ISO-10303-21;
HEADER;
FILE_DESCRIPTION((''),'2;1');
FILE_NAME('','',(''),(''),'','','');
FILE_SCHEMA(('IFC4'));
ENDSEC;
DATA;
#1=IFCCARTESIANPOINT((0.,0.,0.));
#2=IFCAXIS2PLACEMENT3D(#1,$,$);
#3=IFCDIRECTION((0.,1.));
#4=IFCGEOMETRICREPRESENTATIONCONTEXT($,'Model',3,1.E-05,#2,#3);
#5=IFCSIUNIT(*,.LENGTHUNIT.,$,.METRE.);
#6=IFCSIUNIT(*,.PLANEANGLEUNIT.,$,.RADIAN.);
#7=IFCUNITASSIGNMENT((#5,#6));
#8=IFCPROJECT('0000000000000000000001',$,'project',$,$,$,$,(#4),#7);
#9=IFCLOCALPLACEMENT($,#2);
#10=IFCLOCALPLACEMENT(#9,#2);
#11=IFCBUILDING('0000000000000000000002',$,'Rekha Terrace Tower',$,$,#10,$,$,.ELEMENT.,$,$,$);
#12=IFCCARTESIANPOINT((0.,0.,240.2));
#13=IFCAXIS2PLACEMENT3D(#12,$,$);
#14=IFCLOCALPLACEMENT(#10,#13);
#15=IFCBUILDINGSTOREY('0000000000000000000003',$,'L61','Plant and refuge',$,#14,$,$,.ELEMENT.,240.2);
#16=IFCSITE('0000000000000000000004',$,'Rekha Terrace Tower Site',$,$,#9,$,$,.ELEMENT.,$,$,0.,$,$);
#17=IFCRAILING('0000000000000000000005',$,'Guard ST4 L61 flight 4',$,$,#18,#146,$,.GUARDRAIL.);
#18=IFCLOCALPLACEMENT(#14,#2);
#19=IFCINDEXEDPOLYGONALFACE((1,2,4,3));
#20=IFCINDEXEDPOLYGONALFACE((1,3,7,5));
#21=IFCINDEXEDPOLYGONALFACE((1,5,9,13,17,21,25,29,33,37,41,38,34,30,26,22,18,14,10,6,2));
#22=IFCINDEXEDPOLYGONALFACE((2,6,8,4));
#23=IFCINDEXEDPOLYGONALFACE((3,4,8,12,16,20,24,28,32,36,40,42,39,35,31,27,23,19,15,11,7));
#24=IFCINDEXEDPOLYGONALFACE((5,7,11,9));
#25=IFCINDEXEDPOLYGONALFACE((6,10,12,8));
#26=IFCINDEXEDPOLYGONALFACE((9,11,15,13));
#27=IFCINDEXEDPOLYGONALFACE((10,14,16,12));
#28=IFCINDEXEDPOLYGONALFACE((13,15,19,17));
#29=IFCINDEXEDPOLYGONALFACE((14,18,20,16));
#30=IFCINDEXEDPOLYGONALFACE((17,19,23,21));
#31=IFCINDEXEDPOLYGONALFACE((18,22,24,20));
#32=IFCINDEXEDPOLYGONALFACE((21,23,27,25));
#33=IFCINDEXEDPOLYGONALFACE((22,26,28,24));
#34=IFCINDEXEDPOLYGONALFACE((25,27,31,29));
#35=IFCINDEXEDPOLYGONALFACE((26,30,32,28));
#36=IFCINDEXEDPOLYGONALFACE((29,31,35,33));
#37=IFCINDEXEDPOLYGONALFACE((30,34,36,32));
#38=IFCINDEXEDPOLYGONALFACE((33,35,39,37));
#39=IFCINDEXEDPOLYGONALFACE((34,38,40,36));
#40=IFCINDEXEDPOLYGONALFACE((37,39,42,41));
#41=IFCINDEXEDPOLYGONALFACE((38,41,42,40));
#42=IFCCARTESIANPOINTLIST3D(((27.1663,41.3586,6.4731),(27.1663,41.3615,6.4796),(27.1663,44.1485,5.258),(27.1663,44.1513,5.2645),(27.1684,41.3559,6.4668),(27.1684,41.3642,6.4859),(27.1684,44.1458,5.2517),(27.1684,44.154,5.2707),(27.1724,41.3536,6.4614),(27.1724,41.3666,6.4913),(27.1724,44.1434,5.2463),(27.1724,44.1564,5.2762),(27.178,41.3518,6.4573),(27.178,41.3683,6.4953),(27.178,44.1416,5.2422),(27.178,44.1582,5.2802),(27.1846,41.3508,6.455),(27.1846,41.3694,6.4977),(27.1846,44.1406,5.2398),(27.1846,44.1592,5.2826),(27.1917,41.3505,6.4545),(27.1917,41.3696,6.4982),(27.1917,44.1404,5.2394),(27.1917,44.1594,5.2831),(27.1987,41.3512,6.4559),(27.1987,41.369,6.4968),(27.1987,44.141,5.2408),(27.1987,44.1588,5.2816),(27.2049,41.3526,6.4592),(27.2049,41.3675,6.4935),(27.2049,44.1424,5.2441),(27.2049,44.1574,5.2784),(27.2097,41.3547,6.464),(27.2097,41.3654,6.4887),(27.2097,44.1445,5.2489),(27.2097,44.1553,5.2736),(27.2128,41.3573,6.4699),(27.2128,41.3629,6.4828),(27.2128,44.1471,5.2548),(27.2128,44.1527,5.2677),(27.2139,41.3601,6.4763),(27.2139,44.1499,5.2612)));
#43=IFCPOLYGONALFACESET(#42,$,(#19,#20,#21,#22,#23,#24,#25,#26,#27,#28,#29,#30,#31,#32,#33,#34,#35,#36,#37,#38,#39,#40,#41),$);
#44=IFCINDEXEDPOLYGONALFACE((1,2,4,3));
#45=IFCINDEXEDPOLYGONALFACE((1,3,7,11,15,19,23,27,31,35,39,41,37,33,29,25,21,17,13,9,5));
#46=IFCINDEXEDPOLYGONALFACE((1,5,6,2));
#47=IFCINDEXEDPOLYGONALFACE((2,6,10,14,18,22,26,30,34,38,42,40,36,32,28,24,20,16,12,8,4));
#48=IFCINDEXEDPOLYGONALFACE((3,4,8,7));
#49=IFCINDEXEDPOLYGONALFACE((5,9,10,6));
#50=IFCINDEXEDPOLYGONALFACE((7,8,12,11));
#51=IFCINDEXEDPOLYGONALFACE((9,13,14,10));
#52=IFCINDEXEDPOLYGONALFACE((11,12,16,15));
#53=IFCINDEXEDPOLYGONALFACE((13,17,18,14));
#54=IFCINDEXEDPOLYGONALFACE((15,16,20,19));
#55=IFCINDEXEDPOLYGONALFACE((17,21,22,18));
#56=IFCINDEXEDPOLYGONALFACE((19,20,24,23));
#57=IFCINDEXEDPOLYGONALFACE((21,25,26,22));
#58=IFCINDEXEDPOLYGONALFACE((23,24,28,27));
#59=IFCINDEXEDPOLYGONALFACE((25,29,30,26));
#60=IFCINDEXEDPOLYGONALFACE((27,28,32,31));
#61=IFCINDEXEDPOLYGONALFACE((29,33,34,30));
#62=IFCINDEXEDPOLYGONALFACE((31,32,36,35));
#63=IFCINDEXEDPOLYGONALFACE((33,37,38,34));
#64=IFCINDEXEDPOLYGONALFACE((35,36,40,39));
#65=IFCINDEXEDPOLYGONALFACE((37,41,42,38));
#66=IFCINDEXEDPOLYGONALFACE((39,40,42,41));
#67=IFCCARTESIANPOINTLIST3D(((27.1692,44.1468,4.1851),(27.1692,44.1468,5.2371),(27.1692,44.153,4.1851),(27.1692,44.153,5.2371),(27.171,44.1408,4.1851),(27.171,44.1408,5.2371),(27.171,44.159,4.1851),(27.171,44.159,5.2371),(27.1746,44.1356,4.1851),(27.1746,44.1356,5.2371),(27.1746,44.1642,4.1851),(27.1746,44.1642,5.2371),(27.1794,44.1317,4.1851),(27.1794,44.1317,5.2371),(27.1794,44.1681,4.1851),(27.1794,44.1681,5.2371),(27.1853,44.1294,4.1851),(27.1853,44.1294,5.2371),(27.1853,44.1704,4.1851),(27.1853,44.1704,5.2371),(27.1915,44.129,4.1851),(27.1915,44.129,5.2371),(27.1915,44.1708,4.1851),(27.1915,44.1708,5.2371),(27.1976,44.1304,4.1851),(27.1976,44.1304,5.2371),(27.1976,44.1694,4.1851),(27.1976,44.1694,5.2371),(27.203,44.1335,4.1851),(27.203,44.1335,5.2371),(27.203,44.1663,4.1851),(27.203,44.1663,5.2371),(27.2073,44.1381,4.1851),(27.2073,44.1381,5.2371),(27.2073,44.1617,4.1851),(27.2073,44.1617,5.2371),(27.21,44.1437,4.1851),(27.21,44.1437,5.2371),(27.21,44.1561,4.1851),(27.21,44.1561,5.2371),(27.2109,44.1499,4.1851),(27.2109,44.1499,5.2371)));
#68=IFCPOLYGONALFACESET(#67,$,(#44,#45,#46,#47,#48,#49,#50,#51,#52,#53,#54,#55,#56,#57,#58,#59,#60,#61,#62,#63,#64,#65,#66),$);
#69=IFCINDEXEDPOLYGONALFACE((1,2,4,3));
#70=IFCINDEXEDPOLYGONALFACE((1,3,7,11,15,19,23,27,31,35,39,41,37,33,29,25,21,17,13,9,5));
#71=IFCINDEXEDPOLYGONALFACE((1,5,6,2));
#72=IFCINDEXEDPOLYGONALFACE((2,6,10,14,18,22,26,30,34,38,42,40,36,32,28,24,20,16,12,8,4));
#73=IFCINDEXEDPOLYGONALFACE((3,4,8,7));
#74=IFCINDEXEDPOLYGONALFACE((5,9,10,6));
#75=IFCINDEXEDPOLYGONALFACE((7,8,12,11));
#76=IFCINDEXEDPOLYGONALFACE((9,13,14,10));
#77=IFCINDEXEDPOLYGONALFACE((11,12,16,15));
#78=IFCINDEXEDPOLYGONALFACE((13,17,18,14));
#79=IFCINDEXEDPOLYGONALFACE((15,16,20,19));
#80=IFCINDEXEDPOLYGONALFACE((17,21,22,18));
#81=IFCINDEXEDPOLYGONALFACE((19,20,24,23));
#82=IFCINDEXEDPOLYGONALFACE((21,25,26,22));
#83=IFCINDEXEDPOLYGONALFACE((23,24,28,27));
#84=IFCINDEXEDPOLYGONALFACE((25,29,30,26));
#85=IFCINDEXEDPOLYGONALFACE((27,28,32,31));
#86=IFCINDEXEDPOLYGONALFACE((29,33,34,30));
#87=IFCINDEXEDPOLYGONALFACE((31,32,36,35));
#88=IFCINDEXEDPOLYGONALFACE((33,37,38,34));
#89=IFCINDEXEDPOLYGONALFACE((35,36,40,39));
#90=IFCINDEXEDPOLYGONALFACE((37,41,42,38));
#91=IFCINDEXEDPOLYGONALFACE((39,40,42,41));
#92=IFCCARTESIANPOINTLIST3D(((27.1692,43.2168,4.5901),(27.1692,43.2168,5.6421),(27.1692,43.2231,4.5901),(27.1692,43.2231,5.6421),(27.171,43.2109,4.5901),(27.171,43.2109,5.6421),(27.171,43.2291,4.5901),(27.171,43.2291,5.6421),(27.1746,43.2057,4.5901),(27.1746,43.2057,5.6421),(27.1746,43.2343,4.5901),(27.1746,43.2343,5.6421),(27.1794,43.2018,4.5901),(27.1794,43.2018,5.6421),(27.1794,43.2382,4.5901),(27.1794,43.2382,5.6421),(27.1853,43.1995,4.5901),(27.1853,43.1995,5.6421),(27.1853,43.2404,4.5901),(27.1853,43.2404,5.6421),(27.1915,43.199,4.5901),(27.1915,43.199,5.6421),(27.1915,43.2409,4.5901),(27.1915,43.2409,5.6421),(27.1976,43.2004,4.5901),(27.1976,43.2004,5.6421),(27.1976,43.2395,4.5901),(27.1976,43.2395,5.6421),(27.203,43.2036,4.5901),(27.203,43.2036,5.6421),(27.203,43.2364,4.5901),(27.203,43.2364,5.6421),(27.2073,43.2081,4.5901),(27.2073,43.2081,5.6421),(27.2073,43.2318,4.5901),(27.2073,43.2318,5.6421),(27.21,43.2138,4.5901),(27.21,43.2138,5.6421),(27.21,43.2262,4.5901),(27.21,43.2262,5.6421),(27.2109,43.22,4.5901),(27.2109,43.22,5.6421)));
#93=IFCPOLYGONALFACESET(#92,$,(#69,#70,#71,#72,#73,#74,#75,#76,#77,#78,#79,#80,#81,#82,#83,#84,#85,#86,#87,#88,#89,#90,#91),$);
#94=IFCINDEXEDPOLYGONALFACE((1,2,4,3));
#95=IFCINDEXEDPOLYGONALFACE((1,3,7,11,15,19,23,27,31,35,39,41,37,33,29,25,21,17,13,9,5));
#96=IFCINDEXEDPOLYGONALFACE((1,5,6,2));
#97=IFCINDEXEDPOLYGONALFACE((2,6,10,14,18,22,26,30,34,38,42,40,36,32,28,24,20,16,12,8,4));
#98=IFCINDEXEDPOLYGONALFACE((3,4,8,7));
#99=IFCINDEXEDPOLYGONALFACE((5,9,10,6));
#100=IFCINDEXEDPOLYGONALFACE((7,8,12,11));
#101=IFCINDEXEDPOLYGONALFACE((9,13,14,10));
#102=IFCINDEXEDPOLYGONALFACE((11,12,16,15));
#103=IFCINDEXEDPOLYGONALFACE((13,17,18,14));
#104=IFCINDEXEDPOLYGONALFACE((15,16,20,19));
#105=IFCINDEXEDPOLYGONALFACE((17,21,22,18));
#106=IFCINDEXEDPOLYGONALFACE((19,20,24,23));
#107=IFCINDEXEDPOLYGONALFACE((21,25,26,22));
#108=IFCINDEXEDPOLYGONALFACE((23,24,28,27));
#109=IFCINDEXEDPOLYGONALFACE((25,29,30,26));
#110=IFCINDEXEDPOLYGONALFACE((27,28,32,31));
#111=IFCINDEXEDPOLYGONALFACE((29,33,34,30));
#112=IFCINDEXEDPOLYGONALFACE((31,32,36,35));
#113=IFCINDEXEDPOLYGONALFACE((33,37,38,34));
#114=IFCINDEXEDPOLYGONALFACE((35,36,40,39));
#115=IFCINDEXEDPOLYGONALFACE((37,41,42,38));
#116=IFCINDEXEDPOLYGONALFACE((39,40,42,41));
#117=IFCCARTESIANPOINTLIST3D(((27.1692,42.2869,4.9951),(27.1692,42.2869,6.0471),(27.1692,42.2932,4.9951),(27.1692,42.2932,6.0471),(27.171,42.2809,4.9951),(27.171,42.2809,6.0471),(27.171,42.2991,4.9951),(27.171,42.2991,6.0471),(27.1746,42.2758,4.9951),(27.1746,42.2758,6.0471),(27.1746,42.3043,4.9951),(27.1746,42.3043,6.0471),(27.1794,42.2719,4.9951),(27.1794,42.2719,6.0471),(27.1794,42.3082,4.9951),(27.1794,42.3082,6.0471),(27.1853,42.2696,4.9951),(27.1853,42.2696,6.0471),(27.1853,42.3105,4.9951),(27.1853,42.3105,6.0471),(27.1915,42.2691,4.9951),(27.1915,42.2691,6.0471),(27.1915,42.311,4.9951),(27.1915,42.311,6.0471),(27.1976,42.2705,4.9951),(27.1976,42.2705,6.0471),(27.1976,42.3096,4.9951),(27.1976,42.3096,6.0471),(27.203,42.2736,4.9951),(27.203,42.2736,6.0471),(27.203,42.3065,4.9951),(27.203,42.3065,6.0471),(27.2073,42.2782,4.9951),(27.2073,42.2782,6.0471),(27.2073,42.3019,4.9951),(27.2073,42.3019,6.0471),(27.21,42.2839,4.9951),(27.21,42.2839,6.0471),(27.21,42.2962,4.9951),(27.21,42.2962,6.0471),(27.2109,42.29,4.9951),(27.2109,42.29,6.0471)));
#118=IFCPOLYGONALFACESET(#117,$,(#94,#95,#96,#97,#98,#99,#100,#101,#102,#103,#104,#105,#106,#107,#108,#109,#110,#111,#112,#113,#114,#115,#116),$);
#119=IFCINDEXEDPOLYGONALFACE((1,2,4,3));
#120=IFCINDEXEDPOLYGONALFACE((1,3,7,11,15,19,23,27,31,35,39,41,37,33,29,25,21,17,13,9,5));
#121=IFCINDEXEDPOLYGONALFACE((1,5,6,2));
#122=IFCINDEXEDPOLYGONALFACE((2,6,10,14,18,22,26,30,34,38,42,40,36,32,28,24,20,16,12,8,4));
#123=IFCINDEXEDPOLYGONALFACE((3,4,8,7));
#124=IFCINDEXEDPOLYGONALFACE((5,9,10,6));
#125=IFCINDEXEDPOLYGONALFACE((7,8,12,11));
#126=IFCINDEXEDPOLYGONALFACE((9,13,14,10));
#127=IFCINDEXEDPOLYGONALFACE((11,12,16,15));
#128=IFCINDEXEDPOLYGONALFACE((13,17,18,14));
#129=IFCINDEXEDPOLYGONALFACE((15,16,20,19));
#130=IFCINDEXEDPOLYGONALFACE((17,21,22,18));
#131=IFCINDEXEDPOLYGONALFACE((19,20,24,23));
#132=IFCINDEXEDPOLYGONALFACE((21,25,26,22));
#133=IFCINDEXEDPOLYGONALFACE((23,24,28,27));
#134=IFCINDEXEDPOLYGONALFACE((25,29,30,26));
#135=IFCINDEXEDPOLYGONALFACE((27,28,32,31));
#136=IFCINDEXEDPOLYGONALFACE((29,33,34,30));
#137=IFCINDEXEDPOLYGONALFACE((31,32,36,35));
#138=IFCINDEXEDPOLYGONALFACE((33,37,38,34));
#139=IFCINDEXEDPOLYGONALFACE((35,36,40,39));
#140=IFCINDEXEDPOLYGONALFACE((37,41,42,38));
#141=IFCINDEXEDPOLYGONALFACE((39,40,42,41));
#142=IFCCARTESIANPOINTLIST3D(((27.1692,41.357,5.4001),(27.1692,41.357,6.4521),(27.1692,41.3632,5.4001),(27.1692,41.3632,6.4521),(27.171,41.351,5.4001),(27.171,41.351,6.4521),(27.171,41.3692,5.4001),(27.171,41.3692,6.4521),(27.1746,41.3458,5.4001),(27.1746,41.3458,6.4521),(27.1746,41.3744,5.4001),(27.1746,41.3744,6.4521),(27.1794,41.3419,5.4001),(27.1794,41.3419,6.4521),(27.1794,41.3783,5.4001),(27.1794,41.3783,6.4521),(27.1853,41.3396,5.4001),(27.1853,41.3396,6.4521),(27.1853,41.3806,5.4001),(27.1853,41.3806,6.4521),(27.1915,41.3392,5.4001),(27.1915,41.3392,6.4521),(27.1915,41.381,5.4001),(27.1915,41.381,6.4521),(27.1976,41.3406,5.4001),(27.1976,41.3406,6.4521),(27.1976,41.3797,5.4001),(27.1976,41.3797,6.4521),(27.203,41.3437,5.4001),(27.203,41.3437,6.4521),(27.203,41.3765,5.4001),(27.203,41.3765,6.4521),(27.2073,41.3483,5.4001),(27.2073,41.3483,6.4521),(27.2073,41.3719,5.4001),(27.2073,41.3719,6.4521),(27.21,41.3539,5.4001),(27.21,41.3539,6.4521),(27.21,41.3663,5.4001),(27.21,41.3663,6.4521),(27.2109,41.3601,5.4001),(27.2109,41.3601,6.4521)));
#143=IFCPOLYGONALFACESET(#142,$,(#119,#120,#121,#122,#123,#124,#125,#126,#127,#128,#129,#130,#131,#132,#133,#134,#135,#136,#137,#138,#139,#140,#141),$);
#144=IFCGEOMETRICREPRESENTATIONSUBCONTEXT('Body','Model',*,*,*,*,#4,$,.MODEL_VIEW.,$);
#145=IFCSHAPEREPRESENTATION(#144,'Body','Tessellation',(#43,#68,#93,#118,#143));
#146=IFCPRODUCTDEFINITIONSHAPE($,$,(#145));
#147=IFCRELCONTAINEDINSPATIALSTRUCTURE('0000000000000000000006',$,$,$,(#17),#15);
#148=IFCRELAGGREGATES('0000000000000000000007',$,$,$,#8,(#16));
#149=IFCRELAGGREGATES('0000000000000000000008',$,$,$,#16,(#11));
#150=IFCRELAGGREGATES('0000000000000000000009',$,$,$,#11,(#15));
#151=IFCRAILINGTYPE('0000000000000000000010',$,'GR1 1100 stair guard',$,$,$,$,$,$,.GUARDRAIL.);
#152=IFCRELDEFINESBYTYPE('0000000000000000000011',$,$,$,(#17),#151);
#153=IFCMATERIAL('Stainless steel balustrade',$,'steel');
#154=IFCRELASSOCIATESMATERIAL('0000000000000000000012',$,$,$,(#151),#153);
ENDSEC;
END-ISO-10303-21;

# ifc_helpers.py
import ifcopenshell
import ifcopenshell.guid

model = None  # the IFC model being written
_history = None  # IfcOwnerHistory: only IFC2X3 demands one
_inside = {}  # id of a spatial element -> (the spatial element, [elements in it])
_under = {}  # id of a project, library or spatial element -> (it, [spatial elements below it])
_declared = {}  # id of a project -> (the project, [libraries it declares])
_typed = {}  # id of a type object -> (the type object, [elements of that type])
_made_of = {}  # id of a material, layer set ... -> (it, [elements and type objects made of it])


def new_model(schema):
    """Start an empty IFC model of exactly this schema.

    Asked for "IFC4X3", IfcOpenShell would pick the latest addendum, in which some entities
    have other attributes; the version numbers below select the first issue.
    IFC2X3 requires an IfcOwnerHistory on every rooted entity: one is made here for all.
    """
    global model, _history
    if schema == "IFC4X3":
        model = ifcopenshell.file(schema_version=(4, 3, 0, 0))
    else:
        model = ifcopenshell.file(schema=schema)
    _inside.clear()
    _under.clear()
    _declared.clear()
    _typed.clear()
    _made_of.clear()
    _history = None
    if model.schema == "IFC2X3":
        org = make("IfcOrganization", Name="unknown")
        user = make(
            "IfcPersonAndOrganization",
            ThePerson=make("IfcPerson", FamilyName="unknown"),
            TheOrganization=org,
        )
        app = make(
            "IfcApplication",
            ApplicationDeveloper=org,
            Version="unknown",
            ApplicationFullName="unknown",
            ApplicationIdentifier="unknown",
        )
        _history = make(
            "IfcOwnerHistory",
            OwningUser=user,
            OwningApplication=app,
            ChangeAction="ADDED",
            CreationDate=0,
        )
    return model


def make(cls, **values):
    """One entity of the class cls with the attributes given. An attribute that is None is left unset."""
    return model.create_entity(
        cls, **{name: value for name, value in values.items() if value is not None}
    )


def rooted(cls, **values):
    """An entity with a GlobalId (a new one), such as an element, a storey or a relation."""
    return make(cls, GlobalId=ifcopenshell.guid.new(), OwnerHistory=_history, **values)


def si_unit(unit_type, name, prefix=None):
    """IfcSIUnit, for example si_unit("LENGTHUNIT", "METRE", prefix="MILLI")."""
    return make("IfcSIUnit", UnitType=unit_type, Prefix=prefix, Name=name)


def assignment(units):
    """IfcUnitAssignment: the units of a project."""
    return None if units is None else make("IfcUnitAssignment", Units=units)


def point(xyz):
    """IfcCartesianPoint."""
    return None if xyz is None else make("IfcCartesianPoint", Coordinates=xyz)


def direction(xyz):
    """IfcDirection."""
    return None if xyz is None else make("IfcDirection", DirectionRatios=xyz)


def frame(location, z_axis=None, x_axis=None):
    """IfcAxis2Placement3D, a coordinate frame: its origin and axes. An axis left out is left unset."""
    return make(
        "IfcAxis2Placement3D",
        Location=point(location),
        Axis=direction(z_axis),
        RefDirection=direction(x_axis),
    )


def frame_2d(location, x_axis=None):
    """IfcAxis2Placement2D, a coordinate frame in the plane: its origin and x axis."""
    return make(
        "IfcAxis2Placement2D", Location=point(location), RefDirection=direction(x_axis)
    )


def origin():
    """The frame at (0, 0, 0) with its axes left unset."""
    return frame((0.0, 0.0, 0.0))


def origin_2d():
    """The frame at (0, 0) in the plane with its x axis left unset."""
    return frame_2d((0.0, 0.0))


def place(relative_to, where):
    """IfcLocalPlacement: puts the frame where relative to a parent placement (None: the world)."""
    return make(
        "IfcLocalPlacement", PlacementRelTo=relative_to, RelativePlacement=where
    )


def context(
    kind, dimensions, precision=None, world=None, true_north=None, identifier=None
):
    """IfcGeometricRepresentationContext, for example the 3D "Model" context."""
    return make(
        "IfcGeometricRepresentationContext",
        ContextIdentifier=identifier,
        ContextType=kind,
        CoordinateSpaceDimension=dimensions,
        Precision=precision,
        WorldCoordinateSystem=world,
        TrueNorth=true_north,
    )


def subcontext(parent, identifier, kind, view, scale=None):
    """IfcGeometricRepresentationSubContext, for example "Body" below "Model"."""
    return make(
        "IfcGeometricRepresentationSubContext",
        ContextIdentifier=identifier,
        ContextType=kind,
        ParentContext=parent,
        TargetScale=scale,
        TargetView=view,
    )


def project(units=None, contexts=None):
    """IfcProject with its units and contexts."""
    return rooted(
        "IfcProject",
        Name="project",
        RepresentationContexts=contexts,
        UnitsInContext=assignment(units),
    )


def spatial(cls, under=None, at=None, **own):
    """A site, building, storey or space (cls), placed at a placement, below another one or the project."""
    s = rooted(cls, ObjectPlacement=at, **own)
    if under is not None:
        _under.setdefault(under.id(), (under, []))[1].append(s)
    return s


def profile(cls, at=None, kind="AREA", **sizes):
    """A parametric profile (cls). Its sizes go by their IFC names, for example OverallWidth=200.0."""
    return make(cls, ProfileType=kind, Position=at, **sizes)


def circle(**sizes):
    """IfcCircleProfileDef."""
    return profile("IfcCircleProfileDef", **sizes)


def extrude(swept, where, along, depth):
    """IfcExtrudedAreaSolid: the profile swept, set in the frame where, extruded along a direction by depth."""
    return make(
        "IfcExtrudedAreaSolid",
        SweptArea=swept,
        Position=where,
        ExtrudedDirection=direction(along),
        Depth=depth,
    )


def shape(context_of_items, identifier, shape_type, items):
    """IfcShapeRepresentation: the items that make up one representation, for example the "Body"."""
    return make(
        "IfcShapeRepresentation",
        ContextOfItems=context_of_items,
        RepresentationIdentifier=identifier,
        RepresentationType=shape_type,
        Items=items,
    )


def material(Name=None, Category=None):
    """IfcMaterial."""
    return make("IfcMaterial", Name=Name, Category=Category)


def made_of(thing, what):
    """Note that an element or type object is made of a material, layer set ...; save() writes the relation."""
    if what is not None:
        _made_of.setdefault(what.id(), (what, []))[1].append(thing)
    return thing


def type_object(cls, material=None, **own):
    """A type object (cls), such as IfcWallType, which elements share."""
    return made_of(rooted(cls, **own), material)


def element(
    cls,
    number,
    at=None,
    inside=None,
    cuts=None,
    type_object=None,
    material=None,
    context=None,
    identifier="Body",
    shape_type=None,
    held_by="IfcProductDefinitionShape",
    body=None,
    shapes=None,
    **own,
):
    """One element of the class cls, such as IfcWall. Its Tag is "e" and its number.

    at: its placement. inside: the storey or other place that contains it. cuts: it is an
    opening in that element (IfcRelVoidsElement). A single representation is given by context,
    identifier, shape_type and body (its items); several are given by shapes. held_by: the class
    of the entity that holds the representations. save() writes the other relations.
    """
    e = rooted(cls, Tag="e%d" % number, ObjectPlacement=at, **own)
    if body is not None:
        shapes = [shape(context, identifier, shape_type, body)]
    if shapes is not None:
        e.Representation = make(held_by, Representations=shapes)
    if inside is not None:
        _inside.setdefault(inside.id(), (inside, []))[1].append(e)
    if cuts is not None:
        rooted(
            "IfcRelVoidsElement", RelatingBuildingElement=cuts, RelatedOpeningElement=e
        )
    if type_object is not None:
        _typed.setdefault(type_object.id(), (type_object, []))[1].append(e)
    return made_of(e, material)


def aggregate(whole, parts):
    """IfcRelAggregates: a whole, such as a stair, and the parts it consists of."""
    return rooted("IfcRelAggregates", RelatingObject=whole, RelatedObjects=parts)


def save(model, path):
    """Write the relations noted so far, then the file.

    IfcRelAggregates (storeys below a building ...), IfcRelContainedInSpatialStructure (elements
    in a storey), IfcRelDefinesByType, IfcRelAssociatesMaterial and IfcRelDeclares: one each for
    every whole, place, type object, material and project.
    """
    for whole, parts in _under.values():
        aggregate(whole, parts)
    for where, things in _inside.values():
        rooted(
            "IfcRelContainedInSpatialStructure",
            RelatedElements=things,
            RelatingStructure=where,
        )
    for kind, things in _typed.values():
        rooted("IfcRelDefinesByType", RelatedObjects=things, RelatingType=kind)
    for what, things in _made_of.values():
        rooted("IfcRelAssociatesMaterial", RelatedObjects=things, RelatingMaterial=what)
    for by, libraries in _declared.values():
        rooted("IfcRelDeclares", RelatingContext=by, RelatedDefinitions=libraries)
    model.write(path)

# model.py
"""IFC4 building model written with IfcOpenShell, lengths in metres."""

from ifc_helpers import new_model, si_unit, direction, frame, origin, origin_2d, place, context, subcontext, project, spatial, circle, extrude, material, type_object, element, save


model = new_model("IFC4")

# Units and contexts
model_context = context("Model", 3, precision=1e-05, world=origin(), true_north=direction((0.0, 1.0)))
body_context = subcontext(model_context, "Body", "Model", "MODEL_VIEW")
ifc_project = project(units=[si_unit("LENGTHUNIT", "METRE"), si_unit("PLANEANGLEUNIT", "RADIAN")], contexts=[model_context])

# Site, building, storey
site_placement = place(None, origin())
site = spatial("IfcSite", under=ifc_project, at=site_placement, Name="Rekha Terrace Tower Site", CompositionType="ELEMENT", RefElevation=0.0)
building_placement = place(site_placement, origin())
building = spatial("IfcBuilding", under=site, at=building_placement, Name="Rekha Terrace Tower", CompositionType="ELEMENT")
storey_placement = place(building_placement, frame((0.0, 0.0, 240.2)))
storey = spatial("IfcBuildingStorey", under=building, at=storey_placement, Name="L61", Description="Plant and refuge", CompositionType="ELEMENT", Elevation=240.2)

# Railing
ifc_material_1 = material(Name="Stainless steel balustrade", Category="steel")
railing_type_1 = type_object("IfcRailingType", Name="GR1 1100 stair guard", PredefinedType="GUARDRAIL", material=ifc_material_1)
railing_1_placement = place(storey_placement, frame((27.1899, 44.1499, 4.1851)))
element("IfcRailing", 1, at=railing_1_placement, inside=storey, type_object=railing_type_1, Name="Guard ST4 L61 flight 4", PredefinedType="GUARDRAIL", context=body_context, shape_type="SweptSolid", body=[
    extrude(circle(Radius=0.0239, at=origin_2d()), frame((0.0, 0.0, 1.0762), z_axis=(0.0, -0.916813, 0.399316), x_axis=(1.0, 0.0, 0.0)), (0.0, 0.0, 1.0), 3.043),
    extrude(circle(Radius=0.021, at=origin_2d()), origin(), (0.0, 0.0, 1.0), 1.052),
    extrude(circle(Radius=0.021, at=origin_2d()), frame((0.0, -0.9299, 0.405)), (0.0, 0.0, 1.0), 1.052),
    extrude(circle(Radius=0.021, at=origin_2d()), frame((0.0, -1.8599, 0.8101)), (0.0, 0.0, 1.0), 1.052),
    extrude(circle(Radius=0.021, at=origin_2d()), frame((0.0, -2.7898, 1.2151)), (0.0, 0.0, 1.0), 1.052),
])

save(model, "model.ifc")
